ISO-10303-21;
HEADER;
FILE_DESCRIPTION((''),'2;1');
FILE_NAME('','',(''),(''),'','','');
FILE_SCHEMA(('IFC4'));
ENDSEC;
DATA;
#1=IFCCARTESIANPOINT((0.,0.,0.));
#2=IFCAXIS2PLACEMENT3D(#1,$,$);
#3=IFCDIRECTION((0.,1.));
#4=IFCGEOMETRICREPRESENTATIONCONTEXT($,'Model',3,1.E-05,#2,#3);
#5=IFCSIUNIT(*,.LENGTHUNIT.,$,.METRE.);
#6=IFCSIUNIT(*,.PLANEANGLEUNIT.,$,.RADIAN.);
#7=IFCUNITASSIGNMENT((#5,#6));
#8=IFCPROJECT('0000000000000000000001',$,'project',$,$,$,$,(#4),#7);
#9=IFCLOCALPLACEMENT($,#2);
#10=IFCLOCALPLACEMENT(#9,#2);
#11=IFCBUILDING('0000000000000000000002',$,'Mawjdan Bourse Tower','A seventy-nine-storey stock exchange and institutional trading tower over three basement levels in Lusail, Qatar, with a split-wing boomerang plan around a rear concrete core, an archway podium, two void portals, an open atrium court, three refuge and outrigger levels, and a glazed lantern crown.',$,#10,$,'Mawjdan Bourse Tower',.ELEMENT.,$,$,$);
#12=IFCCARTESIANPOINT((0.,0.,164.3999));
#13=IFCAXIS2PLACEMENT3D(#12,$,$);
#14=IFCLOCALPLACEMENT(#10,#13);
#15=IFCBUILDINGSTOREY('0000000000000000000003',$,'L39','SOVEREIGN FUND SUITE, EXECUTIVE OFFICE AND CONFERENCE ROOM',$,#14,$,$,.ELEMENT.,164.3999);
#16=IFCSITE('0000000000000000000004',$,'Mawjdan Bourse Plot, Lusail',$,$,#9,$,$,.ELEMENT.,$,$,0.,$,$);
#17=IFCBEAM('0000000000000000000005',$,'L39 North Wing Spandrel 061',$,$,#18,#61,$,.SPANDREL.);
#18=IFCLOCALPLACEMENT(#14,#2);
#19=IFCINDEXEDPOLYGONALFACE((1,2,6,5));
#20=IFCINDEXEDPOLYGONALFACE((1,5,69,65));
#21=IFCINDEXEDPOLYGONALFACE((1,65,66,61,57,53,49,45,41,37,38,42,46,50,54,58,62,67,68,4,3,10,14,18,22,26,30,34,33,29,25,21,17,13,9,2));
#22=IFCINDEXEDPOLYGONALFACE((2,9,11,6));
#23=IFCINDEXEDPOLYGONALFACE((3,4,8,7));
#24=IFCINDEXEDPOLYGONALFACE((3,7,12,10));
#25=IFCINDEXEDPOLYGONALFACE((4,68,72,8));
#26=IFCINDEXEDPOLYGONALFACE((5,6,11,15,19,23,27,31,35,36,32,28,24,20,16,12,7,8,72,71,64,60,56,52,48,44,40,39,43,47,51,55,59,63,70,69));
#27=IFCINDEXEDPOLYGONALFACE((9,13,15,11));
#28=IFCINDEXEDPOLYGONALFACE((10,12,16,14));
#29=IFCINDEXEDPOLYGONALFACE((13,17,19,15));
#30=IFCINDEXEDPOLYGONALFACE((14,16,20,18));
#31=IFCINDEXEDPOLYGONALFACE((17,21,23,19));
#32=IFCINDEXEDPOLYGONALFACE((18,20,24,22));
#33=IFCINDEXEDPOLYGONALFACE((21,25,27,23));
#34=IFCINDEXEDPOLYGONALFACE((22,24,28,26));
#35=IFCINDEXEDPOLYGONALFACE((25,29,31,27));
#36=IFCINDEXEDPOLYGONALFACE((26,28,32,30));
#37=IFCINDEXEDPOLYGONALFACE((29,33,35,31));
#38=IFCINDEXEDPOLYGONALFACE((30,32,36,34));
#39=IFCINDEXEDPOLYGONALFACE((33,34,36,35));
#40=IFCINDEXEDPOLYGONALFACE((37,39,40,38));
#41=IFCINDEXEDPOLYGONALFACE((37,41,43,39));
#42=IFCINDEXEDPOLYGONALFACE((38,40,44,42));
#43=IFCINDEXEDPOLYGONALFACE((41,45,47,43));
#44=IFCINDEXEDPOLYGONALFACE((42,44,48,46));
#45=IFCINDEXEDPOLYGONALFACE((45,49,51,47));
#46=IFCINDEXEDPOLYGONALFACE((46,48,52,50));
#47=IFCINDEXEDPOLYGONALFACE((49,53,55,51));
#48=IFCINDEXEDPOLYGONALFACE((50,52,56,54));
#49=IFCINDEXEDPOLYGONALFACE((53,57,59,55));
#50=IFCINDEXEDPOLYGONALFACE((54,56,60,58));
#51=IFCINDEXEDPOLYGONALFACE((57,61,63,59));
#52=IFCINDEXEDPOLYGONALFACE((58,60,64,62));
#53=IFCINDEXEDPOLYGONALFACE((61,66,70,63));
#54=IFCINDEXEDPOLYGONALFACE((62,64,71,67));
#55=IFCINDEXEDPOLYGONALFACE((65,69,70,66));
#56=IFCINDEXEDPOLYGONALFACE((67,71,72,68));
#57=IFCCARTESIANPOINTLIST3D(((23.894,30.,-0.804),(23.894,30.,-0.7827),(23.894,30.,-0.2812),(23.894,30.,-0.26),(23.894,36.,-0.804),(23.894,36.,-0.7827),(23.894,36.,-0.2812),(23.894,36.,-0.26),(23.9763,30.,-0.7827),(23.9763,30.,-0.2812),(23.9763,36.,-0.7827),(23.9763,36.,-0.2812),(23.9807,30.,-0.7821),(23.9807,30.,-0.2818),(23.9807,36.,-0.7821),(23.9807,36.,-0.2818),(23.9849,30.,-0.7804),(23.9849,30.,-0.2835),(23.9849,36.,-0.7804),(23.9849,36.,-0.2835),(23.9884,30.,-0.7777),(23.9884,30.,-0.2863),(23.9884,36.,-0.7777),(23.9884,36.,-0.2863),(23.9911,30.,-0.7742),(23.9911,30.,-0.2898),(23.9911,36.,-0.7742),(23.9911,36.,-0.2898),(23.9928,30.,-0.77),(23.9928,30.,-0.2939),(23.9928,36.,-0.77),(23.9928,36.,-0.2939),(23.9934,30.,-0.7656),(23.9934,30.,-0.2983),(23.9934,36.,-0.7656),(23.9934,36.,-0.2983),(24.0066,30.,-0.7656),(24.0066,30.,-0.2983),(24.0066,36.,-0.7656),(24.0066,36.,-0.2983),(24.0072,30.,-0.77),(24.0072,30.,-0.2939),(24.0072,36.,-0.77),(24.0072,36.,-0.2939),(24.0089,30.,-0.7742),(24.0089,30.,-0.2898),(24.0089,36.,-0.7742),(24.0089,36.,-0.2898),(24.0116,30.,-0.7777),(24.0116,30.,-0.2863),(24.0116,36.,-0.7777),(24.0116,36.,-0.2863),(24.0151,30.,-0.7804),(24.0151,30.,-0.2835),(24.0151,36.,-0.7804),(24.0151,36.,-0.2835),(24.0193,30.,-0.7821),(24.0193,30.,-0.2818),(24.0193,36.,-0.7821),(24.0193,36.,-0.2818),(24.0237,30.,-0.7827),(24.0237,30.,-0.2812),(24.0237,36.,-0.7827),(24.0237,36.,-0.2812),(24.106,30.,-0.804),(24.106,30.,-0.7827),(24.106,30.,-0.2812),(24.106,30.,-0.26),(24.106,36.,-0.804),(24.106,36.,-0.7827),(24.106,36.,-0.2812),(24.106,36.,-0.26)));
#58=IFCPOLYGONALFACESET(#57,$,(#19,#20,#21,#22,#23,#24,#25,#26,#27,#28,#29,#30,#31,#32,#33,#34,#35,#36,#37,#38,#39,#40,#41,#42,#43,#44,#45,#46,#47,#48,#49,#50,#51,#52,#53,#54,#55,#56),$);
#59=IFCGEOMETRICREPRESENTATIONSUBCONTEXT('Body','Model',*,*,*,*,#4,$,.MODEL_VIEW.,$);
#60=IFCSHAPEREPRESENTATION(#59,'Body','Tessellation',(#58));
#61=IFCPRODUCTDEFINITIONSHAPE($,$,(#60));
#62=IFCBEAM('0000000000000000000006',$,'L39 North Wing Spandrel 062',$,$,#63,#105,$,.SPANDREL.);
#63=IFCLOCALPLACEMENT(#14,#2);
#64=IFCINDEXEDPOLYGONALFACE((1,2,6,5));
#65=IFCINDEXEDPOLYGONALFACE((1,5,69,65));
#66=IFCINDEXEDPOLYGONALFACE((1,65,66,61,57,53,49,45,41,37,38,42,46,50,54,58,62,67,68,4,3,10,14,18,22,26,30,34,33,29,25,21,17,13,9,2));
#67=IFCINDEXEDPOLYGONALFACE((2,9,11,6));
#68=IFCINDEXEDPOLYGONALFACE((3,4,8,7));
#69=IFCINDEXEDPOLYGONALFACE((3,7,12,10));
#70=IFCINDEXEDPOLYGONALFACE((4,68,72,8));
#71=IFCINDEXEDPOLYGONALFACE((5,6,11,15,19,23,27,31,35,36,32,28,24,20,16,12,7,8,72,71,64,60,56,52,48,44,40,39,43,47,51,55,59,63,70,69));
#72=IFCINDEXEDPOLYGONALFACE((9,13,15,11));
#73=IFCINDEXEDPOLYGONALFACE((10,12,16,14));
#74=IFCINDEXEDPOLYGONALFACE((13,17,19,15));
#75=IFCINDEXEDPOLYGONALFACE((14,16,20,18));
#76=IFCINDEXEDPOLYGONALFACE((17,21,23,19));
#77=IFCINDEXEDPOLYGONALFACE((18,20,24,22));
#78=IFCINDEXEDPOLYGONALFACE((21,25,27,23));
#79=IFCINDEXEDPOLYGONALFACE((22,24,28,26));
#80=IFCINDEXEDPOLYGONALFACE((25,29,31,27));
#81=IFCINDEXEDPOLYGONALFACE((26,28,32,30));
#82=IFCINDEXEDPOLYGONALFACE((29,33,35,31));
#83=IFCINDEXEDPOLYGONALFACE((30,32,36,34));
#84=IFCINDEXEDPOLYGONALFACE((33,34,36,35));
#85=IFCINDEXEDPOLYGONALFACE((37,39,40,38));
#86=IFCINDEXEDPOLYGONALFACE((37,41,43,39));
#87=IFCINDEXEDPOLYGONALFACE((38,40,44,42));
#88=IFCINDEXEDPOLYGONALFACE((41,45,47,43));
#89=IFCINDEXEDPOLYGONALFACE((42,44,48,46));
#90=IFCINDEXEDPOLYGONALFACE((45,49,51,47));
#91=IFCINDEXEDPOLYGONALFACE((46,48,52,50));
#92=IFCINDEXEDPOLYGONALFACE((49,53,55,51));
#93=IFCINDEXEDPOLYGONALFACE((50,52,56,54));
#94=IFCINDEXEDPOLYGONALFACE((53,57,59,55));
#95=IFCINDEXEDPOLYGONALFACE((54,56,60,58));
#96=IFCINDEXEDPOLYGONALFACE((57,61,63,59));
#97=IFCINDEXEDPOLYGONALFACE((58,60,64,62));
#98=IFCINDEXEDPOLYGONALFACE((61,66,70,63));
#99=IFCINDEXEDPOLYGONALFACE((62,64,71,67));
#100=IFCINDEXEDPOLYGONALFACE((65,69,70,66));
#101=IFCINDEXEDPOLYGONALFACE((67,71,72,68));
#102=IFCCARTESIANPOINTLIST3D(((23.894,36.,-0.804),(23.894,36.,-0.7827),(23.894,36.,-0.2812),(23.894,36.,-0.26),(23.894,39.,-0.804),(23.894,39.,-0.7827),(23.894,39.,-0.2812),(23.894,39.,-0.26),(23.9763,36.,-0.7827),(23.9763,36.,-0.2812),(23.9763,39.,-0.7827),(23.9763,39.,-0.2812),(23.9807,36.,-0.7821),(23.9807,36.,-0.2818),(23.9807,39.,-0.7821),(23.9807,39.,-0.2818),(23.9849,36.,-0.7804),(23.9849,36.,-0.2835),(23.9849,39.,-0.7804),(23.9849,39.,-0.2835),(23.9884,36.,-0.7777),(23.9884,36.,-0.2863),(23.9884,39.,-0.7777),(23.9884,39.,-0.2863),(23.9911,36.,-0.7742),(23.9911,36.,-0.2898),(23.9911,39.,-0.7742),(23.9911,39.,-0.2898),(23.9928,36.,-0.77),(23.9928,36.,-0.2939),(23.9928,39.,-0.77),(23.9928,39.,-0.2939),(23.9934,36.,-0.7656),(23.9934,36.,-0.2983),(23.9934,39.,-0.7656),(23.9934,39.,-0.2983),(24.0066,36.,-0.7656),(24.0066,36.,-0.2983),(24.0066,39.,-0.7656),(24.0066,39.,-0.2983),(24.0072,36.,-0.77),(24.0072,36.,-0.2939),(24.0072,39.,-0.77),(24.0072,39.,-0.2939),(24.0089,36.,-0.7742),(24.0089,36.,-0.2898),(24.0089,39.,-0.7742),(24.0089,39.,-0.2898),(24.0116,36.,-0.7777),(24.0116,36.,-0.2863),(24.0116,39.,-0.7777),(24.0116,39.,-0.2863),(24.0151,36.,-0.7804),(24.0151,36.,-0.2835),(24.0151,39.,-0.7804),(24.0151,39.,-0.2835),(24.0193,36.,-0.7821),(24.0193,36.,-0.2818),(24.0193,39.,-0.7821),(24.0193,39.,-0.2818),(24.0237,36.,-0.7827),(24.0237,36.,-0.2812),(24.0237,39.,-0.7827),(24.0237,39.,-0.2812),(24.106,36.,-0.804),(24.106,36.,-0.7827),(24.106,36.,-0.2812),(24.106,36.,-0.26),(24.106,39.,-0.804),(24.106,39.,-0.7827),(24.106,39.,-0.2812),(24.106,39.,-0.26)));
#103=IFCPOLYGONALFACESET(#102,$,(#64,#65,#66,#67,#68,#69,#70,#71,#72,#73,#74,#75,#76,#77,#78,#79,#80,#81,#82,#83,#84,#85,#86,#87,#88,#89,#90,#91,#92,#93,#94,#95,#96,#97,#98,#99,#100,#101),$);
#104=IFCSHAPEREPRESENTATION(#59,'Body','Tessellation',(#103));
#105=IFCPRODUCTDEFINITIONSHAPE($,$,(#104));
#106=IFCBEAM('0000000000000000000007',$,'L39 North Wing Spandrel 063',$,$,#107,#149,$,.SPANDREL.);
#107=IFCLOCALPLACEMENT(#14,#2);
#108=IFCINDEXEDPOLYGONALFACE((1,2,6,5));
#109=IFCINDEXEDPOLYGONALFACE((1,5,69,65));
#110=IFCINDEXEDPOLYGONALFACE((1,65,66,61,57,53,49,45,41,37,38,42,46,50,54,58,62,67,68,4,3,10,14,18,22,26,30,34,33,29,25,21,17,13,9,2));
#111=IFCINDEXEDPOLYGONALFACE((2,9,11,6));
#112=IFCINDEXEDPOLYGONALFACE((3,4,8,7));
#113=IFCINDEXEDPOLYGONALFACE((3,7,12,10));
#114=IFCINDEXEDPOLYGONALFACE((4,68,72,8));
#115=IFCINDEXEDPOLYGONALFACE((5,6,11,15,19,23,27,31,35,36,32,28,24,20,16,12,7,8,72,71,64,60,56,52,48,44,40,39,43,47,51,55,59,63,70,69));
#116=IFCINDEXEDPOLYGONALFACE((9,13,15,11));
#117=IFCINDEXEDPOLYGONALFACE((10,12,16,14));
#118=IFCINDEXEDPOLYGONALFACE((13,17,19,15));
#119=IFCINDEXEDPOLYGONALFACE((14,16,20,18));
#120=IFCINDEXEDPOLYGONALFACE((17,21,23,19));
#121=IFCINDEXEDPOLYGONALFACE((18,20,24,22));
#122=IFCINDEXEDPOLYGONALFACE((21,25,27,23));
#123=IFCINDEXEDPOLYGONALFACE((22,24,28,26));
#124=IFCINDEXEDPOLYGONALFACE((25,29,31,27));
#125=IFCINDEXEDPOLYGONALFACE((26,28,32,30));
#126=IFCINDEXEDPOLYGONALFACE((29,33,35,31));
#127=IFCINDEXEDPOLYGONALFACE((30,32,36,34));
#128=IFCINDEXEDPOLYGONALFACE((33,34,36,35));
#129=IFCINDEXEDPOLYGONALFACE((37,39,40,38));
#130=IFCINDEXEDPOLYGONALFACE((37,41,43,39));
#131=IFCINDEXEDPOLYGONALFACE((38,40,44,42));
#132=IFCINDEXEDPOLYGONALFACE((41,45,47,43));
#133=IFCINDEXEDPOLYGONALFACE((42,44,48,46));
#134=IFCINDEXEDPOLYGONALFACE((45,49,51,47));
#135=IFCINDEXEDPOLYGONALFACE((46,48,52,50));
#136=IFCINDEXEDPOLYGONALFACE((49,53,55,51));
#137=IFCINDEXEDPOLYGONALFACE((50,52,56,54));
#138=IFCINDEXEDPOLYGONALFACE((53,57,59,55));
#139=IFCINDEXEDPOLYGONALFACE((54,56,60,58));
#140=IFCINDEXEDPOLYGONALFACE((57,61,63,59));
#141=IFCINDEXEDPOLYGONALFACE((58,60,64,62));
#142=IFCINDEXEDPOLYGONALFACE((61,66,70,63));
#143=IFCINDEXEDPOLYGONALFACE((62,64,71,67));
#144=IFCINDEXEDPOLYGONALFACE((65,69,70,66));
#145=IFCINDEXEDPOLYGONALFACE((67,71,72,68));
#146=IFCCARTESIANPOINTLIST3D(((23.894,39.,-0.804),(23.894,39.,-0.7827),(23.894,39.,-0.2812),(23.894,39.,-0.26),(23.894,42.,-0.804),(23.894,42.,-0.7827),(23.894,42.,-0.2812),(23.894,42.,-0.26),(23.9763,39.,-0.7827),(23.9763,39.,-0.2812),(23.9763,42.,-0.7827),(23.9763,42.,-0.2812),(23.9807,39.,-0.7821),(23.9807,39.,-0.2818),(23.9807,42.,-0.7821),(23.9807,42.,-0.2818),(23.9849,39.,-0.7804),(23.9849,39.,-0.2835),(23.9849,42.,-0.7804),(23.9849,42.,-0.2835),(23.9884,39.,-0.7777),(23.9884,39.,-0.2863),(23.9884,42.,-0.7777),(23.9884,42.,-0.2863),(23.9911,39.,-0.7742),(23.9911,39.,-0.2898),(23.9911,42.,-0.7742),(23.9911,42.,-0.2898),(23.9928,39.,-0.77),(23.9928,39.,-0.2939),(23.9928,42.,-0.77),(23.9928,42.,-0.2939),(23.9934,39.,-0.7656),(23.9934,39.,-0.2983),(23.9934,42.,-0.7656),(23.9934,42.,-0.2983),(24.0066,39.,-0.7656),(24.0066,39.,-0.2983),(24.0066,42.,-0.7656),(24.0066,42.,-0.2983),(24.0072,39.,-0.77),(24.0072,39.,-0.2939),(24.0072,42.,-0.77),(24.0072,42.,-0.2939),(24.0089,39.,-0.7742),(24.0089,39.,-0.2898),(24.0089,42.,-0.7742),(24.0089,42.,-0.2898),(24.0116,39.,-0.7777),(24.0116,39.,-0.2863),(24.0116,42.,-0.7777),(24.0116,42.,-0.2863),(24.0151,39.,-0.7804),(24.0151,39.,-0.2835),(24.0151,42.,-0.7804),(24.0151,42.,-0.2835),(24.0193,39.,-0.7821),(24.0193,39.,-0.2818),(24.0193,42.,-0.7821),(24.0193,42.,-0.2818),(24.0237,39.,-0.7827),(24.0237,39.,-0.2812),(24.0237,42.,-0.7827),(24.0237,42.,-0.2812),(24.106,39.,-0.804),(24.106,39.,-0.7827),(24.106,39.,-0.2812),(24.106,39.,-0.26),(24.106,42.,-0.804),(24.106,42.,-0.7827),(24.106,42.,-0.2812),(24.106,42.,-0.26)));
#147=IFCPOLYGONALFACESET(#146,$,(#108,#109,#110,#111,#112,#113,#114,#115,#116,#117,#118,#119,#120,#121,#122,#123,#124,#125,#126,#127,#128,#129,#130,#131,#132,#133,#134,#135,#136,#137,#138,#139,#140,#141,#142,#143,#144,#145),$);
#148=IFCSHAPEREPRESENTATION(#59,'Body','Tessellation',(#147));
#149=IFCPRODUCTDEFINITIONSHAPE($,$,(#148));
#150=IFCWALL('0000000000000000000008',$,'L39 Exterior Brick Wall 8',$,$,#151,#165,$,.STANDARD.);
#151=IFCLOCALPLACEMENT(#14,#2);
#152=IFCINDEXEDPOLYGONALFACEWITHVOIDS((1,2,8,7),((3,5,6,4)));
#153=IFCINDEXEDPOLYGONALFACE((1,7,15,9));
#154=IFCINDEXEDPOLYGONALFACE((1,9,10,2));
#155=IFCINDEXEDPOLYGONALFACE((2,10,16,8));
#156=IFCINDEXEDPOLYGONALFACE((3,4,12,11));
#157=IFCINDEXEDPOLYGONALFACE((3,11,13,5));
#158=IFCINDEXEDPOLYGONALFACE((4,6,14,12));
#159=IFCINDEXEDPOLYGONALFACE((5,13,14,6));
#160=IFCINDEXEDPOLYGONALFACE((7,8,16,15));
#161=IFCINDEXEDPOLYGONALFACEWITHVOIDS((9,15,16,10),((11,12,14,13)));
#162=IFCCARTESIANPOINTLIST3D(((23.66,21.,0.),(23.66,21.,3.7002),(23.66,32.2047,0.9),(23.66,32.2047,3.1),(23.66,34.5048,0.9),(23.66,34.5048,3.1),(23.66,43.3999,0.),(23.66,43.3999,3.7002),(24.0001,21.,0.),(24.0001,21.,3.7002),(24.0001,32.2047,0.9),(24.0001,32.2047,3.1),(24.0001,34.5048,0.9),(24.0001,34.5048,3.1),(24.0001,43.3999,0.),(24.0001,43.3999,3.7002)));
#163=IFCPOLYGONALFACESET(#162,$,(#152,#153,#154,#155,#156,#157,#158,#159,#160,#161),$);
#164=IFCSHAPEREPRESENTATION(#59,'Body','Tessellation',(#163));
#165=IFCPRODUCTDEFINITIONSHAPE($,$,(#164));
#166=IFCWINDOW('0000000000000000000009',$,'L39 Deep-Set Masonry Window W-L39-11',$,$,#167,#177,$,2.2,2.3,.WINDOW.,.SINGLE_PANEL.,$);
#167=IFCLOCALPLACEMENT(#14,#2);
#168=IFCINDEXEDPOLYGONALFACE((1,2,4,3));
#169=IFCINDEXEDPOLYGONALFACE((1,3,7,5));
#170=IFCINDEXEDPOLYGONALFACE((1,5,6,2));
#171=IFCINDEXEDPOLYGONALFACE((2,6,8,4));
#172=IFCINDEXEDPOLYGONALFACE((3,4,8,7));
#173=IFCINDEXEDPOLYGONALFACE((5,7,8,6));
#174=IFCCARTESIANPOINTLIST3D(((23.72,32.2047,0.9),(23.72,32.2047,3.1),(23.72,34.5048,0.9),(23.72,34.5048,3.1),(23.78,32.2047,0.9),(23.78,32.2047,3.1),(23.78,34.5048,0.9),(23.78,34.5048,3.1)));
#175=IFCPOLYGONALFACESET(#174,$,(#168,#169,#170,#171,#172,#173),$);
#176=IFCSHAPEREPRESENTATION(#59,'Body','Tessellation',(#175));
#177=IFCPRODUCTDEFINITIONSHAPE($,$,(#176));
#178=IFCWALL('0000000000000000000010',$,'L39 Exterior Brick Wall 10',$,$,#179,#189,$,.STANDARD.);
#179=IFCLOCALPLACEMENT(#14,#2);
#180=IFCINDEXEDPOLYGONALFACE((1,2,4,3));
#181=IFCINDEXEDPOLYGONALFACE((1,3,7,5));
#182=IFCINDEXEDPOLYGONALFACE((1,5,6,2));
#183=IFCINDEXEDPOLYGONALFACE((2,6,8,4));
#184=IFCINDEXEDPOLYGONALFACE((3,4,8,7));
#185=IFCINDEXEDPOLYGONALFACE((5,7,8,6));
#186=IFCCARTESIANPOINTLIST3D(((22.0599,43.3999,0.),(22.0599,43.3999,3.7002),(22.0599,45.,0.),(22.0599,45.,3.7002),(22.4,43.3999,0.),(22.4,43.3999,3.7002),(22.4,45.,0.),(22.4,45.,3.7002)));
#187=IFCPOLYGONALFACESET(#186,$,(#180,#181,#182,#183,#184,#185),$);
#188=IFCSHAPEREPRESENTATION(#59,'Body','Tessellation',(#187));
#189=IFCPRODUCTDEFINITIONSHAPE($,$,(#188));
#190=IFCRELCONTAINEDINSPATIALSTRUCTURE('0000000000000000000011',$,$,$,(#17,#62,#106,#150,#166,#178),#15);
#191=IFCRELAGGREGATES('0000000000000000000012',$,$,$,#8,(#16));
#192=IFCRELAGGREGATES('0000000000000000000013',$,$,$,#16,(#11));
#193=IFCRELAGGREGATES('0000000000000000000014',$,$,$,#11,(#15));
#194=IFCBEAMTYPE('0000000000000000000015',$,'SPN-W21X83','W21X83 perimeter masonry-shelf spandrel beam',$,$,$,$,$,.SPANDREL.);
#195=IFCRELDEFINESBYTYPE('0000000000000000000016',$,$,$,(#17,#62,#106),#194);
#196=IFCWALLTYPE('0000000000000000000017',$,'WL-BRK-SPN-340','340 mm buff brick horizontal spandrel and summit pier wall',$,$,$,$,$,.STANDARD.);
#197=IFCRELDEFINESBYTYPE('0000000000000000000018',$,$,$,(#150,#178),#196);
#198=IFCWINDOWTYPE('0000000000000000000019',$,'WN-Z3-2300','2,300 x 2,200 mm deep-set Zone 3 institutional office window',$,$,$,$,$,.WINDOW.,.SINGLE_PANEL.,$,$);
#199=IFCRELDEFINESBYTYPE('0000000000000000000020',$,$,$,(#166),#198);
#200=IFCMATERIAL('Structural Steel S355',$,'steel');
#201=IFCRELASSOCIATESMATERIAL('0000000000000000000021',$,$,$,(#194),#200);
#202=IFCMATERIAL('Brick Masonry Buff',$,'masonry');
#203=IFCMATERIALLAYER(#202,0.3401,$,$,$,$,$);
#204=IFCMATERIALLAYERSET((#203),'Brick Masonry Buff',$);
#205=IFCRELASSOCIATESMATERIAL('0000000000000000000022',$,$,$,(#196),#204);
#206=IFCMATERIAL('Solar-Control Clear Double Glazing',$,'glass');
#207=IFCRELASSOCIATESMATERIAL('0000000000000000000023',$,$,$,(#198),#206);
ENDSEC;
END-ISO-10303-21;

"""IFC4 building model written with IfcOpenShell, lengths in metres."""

from ifc_helpers import new_model, si_unit, direction, frame, frame_2d, origin, origin_2d, place, context, subcontext, project, spatial, rectangle, i_section, extrude, material, layer, layer_set, material_profile, profile_set, type_object, element, fill, save


model = new_model("IFC4")

# Units and contexts
model_context = context("Model", 3, precision=1e-05, world=origin(), true_north=direction((0.0, 1.0)))
body_context = subcontext(model_context, "Body", "Model", "MODEL_VIEW")
ifc_project = project(units=[si_unit("LENGTHUNIT", "METRE"), si_unit("PLANEANGLEUNIT", "RADIAN")], contexts=[model_context])

# Site, building, storey
site_placement = place(None, origin())
site = spatial("IfcSite", under=ifc_project, at=site_placement, Name="Mawjdan Bourse Plot, Lusail", CompositionType="ELEMENT", RefElevation=0.0)
building_placement = place(site_placement, origin())
building = spatial("IfcBuilding", under=site, at=building_placement, Name="Mawjdan Bourse Tower", Description="A seventy-nine-storey stock exchange and institutional trading tower over three basement levels in Lusail, Qatar, with a split-wing boomerang plan around a rear concrete core, an archway podium, two void portals, an open atrium court, three refuge and outrigger levels, and a glazed lantern crown.", LongName="Mawjdan Bourse Tower", CompositionType="ELEMENT")
storey_placement = place(building_placement, frame((0.0, 0.0, 164.3999)))
storey = spatial("IfcBuildingStorey", under=building, at=storey_placement, Name="L39", Description="SOVEREIGN FUND SUITE, EXECUTIVE OFFICE AND CONFERENCE ROOM", CompositionType="ELEMENT", Elevation=164.3999)

# Beams
ifc_material_1 = material(Name="Structural Steel S355", Category="steel")
ifc_material_profile_1 = material_profile(ifc_material_1, i_section(OverallWidth=0.2119, OverallDepth=0.5439, WebThickness=0.0132, FlangeThickness=0.0212, FilletRadius=0.0171, at=origin_2d()), Name="W21X83")
ifc_profile_set_1 = profile_set([ifc_material_profile_1], Name="Structural Steel S355")
beam_type_1 = type_object("IfcBeamType", Name="SPN-W21X83", Description="W21X83 perimeter masonry-shelf spandrel beam", PredefinedType="SPANDREL", material=ifc_profile_set_1)
for number, where, z_axis, x_axis, name in (
    (1, (24.0, 30.0, -0.532), (0.0, 1.0, 0.0), (-1.0, 0.0, 0.0), "L39 North Wing Spandrel 061"),
):
    element("IfcBeam", number, at=place(storey_placement, frame(where, z_axis=z_axis, x_axis=x_axis)), inside=storey, type_object=beam_type_1, Name=name, PredefinedType="SPANDREL", context=body_context, shape_type="SweptSolid", body=[
        extrude(i_section(OverallWidth=0.2119, OverallDepth=0.5439, WebThickness=0.0132, FlangeThickness=0.0212, FilletRadius=0.0171, at=origin_2d()), origin(), (0.0, 0.0, 1.0), 6.0),
    ])
for number, where, z_axis, x_axis, name in (
    (2, (24.0, 36.0, -0.532), (0.0, 1.0, 0.0), (-1.0, 0.0, 0.0), "L39 North Wing Spandrel 062"),
    (3, (24.0, 39.0, -0.532), (0.0, 1.0, 0.0), (-1.0, 0.0, 0.0), "L39 North Wing Spandrel 063"),
):
    element("IfcBeam", number, at=place(storey_placement, frame(where, z_axis=z_axis, x_axis=x_axis)), inside=storey, type_object=beam_type_1, Name=name, PredefinedType="SPANDREL", context=body_context, shape_type="SweptSolid", body=[
        extrude(i_section(OverallWidth=0.2119, OverallDepth=0.5439, WebThickness=0.0132, FlangeThickness=0.0212, FilletRadius=0.0171, at=origin_2d()), origin(), (0.0, 0.0, 1.0), 3.0),
    ])

# Wall, opening, window
ifc_material_2 = material(Name="Brick Masonry Buff", Category="masonry")
ifc_layer_1 = layer(ifc_material_2, 0.3401)
ifc_layer_set_1 = layer_set([ifc_layer_1], Name="Brick Masonry Buff")
wall_type_1 = type_object("IfcWallType", Name="WL-BRK-SPN-340", Description="340 mm buff brick horizontal spandrel and summit pier wall", PredefinedType="STANDARD", material=ifc_layer_set_1)
wall_1_placement = place(storey_placement, frame((23.8301, 21.0, 0.0), z_axis=(0.0, 0.0, 1.0), x_axis=(0.0, 1.0, 0.0)))
wall_1 = element("IfcWall", 4, at=wall_1_placement, inside=storey, type_object=wall_type_1, Name="L39 Exterior Brick Wall 8", PredefinedType="STANDARD", context=body_context, shape_type="SweptSolid", body=[
    extrude(rectangle(XDim=22.3999, YDim=0.3401, at=frame_2d((11.2, 0.0))), origin(), (0.0, 0.0, 1.0), 3.7002),
])
opening_1_placement = place(wall_1_placement, frame((11.2048, 0.0, 0.8999)))
opening_1 = element("IfcOpeningElement", 5, at=opening_1_placement, cuts=wall_1, PredefinedType="OPENING", context=body_context, shape_type="SweptSolid", body=[
    extrude(rectangle(XDim=2.3, YDim=2.2, at=frame_2d((1.1499, 1.1001))), frame((0.0, 0.1802, 0.0), z_axis=(0.0, -1.0, 0.0), x_axis=(1.0, 0.0, 0.0)), (0.0, 0.0, 1.0), 0.3601),
])
ifc_material_3 = material(Name="Solar-Control Clear Double Glazing", Category="glass")
window_type_1 = type_object("IfcWindowType", Name="WN-Z3-2300", Description="2,300 x 2,200 mm deep-set Zone 3 institutional office window", PartitioningType="SINGLE_PANEL", PredefinedType="WINDOW", material=ifc_material_3)
window_1_placement = place(opening_1_placement, origin())
window_1 = element("IfcWindow", 6, at=window_1_placement, inside=storey, type_object=window_type_1, Name="L39 Deep-Set Masonry Window W-L39-11", OverallHeight=2.2, OverallWidth=2.3, PartitioningType="SINGLE_PANEL", PredefinedType="WINDOW", context=body_context, shape_type="SweptSolid", body=[
    extrude(rectangle(XDim=2.3, YDim=2.2, at=frame_2d((1.1499, 1.1001))), frame((0.0, 0.1101, 0.0), z_axis=(0.0, -1.0, 0.0), x_axis=(1.0, 0.0, 0.0)), (0.0, 0.0, 1.0), 0.0601),
])
fill(opening_1, window_1)

# Wall
wall_2_placement = place(storey_placement, frame((22.23, 43.3999, 0.0), z_axis=(0.0, 0.0, 1.0), x_axis=(0.0, 1.0, 0.0)))
element("IfcWall", 7, at=wall_2_placement, inside=storey, type_object=wall_type_1, Name="L39 Exterior Brick Wall 10", PredefinedType="STANDARD", context=body_context, shape_type="SweptSolid", body=[
    extrude(rectangle(XDim=1.6001, YDim=0.3401, at=frame_2d((0.8, 0.0))), origin(), (0.0, 0.0, 1.0), 3.7002),
])

save(model, "model.ifc")
